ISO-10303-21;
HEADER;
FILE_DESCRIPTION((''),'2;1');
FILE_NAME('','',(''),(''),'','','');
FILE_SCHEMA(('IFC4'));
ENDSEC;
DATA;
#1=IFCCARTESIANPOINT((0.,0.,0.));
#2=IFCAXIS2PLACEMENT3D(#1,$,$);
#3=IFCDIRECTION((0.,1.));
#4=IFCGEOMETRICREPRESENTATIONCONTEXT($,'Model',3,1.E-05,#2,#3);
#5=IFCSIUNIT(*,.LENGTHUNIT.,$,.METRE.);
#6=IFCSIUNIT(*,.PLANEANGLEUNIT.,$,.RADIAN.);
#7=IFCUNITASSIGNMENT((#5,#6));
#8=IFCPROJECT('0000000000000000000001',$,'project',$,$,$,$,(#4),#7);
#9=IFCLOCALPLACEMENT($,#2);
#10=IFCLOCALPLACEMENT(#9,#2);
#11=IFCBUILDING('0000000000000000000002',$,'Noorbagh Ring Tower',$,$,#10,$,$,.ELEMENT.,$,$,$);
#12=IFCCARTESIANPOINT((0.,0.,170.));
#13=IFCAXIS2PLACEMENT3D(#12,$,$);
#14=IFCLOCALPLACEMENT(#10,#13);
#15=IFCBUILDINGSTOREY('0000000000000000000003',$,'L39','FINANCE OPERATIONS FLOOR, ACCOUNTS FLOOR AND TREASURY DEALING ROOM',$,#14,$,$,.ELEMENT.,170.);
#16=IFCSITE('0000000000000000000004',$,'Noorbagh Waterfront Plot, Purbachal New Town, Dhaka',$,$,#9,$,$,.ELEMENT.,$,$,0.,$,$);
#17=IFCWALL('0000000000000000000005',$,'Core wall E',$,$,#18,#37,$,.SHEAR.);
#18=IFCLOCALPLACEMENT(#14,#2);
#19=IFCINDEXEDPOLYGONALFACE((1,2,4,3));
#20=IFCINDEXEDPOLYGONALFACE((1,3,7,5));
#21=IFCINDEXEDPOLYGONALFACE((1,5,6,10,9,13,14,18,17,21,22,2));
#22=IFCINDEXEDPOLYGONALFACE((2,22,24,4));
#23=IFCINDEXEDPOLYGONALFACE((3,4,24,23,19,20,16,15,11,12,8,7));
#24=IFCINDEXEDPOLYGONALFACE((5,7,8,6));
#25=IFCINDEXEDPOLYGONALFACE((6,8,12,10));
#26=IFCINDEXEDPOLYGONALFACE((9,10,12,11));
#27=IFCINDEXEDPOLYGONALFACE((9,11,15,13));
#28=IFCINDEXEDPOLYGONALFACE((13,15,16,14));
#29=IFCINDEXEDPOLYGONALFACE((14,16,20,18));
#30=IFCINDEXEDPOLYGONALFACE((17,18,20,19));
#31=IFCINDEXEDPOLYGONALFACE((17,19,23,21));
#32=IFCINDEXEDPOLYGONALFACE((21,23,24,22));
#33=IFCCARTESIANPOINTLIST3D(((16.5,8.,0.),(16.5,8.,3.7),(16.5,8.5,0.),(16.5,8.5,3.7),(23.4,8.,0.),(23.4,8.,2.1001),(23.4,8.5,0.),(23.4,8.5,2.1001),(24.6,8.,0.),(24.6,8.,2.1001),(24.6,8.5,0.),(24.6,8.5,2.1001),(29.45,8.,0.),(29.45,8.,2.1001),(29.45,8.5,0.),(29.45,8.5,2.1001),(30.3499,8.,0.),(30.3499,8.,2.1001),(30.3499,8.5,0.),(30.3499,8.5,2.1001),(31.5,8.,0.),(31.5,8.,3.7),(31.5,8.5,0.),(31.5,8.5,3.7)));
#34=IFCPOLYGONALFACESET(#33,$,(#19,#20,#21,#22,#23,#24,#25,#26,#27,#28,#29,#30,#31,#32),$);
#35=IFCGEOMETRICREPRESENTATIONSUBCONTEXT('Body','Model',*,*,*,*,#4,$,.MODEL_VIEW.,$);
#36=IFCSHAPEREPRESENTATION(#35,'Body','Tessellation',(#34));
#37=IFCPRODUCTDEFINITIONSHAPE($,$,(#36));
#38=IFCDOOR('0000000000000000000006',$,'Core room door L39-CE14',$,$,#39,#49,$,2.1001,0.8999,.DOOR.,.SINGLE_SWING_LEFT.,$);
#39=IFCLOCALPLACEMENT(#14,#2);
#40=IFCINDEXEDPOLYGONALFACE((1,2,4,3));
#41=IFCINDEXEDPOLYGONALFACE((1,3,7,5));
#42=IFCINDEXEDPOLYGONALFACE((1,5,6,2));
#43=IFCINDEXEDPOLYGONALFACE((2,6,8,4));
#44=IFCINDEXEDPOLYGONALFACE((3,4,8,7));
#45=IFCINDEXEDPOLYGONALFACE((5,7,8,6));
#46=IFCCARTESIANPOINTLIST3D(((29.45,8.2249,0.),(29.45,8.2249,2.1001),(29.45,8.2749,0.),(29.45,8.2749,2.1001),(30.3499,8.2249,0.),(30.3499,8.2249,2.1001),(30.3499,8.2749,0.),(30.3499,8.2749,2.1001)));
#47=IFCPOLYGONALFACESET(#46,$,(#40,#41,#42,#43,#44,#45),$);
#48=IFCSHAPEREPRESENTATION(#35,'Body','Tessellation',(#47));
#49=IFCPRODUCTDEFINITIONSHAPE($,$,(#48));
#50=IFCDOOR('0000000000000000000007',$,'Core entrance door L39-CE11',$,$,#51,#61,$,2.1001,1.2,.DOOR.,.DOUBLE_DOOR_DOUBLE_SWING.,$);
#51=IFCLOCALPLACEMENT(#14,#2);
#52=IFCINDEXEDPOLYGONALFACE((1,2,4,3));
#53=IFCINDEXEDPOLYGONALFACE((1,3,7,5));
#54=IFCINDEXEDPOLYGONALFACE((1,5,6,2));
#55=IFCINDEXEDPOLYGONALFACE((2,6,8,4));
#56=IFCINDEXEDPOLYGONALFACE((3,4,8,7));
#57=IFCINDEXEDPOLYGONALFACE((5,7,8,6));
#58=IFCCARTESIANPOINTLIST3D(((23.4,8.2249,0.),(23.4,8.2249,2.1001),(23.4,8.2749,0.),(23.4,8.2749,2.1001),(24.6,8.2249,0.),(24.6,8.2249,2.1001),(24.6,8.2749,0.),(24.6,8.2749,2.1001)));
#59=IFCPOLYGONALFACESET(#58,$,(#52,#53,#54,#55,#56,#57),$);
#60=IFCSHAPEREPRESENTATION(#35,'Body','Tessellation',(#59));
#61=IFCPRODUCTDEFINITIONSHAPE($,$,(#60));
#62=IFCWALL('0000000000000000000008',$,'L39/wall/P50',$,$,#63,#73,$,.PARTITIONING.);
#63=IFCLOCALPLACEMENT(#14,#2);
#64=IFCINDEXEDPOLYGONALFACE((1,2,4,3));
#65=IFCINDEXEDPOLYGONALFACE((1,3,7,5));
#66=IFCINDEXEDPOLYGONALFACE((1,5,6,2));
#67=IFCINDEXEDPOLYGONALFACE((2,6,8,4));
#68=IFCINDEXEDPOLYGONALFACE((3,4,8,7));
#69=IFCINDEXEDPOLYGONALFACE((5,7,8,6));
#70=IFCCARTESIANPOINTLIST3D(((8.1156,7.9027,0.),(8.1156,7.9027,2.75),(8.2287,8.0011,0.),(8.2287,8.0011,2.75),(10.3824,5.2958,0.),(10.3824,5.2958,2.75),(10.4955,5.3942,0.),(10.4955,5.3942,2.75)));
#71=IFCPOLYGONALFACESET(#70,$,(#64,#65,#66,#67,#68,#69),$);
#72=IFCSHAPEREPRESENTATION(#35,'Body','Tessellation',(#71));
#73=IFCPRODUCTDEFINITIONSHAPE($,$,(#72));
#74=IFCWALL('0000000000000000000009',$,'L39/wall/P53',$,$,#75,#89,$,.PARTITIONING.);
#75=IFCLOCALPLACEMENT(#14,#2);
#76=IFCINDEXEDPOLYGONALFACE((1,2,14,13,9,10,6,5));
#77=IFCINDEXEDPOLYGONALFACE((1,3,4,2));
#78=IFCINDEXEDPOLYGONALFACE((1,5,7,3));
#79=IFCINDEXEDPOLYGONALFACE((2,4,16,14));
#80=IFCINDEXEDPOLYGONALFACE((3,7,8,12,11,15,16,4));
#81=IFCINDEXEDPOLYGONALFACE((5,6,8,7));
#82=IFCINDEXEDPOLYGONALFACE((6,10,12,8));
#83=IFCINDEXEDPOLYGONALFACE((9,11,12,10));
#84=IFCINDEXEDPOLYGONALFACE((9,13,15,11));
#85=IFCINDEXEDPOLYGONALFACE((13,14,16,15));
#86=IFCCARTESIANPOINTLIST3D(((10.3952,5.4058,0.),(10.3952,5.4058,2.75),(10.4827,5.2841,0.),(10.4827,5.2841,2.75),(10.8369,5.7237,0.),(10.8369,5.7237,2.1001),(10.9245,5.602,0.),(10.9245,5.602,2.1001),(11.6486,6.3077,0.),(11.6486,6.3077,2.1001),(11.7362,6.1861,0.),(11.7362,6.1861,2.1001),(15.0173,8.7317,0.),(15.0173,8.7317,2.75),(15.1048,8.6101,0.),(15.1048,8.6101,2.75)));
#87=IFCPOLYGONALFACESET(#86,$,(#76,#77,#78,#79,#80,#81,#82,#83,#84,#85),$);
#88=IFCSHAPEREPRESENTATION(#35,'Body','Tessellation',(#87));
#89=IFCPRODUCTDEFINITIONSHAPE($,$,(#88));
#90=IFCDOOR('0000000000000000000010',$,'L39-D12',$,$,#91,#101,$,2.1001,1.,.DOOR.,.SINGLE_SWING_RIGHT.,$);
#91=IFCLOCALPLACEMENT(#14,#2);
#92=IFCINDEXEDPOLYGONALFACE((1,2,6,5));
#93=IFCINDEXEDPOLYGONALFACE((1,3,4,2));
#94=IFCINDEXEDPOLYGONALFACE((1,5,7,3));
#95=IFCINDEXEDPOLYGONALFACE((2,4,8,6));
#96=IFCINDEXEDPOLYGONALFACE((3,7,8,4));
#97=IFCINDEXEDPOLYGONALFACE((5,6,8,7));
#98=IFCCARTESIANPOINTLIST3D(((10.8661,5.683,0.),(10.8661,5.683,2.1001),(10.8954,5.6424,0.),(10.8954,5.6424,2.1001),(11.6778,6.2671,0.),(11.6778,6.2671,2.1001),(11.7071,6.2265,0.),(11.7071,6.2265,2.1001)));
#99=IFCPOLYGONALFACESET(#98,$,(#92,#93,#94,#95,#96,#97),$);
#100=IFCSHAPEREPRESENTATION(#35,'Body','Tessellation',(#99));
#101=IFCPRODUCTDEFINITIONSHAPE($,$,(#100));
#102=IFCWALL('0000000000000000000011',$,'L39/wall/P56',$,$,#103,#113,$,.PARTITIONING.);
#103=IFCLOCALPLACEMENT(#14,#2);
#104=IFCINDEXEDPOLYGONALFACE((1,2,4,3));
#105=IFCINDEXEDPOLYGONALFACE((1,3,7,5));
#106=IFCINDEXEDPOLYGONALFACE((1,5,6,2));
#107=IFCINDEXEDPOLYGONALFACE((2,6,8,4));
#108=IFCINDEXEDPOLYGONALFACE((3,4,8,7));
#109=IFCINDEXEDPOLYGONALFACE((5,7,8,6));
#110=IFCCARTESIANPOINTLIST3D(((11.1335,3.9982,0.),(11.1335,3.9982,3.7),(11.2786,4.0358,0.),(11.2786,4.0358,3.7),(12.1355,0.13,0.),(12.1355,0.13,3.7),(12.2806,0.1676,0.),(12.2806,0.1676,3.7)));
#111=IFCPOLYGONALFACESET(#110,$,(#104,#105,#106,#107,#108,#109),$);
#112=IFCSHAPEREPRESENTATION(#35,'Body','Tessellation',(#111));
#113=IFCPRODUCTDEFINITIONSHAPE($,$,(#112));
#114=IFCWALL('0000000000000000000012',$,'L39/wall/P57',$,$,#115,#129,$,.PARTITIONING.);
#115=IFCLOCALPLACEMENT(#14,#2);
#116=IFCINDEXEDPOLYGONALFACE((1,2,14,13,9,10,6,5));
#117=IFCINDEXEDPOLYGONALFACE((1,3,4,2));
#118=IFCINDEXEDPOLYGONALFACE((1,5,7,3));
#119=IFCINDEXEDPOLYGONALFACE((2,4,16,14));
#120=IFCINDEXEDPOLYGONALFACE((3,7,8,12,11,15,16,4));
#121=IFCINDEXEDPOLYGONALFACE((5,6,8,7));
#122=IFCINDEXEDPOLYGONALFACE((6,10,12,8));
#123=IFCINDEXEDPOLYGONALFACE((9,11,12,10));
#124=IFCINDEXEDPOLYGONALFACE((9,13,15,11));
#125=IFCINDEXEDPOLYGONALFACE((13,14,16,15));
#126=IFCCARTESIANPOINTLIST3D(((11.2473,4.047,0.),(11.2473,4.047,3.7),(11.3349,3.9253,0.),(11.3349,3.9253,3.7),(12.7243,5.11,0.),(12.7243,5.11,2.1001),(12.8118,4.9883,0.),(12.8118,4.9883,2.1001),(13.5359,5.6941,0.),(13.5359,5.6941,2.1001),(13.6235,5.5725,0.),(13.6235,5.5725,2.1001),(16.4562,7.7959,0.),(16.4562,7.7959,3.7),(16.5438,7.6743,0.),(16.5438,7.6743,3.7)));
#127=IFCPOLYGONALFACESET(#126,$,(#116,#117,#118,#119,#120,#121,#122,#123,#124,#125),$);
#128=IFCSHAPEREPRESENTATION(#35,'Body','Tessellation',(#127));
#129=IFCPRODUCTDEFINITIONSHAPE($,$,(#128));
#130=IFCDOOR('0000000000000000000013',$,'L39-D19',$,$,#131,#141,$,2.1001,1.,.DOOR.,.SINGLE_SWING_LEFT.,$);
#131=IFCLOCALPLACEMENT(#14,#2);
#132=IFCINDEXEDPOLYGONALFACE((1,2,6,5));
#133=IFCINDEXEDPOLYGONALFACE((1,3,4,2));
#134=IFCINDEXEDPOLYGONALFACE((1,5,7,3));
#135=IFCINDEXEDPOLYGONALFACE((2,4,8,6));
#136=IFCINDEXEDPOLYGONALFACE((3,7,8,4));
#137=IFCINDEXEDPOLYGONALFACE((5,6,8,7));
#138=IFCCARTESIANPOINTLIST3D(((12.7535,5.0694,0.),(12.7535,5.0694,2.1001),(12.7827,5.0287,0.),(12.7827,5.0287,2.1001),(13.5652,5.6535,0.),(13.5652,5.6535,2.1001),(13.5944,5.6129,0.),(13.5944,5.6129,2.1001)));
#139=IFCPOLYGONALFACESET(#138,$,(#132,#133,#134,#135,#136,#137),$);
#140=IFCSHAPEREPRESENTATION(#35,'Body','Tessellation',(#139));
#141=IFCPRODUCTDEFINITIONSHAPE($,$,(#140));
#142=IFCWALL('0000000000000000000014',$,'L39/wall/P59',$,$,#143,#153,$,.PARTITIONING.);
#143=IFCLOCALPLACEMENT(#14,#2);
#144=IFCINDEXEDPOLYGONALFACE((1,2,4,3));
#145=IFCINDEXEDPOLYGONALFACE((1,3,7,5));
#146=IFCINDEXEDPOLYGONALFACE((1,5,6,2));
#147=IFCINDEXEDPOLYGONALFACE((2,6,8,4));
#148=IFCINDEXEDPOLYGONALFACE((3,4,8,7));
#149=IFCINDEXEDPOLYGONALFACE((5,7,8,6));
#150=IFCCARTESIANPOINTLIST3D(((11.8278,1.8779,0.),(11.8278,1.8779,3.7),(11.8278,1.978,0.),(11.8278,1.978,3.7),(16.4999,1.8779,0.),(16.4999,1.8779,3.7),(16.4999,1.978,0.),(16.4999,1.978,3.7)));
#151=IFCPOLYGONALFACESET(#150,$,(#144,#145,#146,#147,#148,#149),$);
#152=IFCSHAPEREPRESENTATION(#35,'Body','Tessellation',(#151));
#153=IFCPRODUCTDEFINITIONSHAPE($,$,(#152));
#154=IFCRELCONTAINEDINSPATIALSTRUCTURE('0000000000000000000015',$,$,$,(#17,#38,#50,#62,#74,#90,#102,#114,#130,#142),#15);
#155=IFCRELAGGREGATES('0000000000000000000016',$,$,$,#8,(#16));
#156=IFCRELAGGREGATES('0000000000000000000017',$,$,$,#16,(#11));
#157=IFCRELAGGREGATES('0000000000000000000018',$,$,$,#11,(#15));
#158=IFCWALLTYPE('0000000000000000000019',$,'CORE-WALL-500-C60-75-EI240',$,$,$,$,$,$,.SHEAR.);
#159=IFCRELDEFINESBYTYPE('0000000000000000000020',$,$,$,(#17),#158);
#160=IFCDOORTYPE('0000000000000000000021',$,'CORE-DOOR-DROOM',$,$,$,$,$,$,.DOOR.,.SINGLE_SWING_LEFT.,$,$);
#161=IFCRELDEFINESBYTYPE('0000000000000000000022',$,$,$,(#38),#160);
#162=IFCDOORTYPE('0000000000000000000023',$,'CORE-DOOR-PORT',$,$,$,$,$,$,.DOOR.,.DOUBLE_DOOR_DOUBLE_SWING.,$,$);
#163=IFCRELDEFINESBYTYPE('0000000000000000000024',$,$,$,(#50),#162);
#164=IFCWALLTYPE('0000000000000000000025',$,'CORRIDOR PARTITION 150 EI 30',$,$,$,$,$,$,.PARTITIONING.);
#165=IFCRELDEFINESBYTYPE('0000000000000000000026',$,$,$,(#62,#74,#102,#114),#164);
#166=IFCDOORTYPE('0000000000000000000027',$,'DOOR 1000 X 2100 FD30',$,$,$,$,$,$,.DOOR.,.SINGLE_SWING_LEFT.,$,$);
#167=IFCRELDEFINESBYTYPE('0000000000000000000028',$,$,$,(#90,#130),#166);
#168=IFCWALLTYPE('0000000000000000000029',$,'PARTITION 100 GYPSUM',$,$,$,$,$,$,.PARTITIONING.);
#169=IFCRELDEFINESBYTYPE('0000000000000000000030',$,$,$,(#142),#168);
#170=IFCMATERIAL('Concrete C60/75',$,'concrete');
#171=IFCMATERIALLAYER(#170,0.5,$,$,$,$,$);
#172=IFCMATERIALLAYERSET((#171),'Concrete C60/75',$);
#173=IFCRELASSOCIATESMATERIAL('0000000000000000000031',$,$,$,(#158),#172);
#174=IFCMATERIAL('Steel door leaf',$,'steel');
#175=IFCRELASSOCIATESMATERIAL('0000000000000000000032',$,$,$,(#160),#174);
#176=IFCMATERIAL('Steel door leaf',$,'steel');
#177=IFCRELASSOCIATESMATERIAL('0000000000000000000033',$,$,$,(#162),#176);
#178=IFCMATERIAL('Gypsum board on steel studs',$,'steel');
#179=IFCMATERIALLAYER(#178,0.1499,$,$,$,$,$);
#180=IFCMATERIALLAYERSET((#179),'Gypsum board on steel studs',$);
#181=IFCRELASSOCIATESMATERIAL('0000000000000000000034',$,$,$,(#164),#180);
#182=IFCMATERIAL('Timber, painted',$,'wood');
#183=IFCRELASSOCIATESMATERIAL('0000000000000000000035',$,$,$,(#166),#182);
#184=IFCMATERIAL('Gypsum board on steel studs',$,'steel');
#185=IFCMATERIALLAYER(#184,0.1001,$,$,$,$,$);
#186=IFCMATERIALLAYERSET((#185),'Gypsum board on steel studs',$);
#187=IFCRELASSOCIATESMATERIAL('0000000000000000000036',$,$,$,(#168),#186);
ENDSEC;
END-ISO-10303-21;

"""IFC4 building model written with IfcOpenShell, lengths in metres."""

from ifc_helpers import new_model, si_unit, direction, frame, frame_2d, origin, place, context, subcontext, project, spatial, rectangle, extrude, material, layer, layer_set, type_object, element, fill, save


model = new_model("IFC4")

# Units and contexts
model_context = context("Model", 3, precision=1e-05, world=origin(), true_north=direction((0.0, 1.0)))
body_context = subcontext(model_context, "Body", "Model", "MODEL_VIEW")
ifc_project = project(units=[si_unit("LENGTHUNIT", "METRE"), si_unit("PLANEANGLEUNIT", "RADIAN")], contexts=[model_context])

# Site, building, storey
site_placement = place(None, origin())
site = spatial("IfcSite", under=ifc_project, at=site_placement, Name="Noorbagh Waterfront Plot, Purbachal New Town, Dhaka", CompositionType="ELEMENT", RefElevation=0.0)
building_placement = place(site_placement, origin())
building = spatial("IfcBuilding", under=site, at=building_placement, Name="Noorbagh Ring Tower", CompositionType="ELEMENT")
storey_placement = place(building_placement, frame((0.0, 0.0, 170.0)))
storey = spatial("IfcBuildingStorey", under=building, at=storey_placement, Name="L39", Description="FINANCE OPERATIONS FLOOR, ACCOUNTS FLOOR AND TREASURY DEALING ROOM", CompositionType="ELEMENT", Elevation=170.0)

# Wall, openings, doors
ifc_material_1 = material(Name="Concrete C60/75", Category="concrete")
ifc_layer_1 = layer(ifc_material_1, 0.5)
ifc_layer_set_1 = layer_set([ifc_layer_1], Name="Concrete C60/75")
wall_type_1 = type_object("IfcWallType", Name="CORE-WALL-500-C60-75-EI240", PredefinedType="SHEAR", material=ifc_layer_set_1)
wall_1_placement = place(storey_placement, frame((16.5, 8.25, 0.0), z_axis=(0.0, 0.0, 1.0), x_axis=(1.0, 0.0, 0.0)))
wall_1 = element("IfcWall", 1, at=wall_1_placement, inside=storey, type_object=wall_type_1, Name="Core wall E", PredefinedType="SHEAR", context=body_context, shape_type="SweptSolid", body=[
    extrude(rectangle(XDim=15.0, YDim=0.5, at=frame_2d((7.5, 0.0))), origin(), (0.0, 0.0, 1.0), 3.7),
])
opening_1_placement = place(wall_1_placement, frame((6.8999, 0.0, 0.0)))
opening_1 = element("IfcOpeningElement", 2, at=opening_1_placement, cuts=wall_1, PredefinedType="OPENING", context=body_context, shape_type="SweptSolid", body=[
    extrude(rectangle(XDim=1.2, YDim=2.1001, at=frame_2d((0.6001, 1.05))), frame((0.0, 0.26, 0.0), z_axis=(0.0, -1.0, 0.0), x_axis=(1.0, 0.0, 0.0)), (0.0, 0.0, 1.0), 0.52),
])
opening_2_placement = place(wall_1_placement, frame((12.95, 0.0, 0.0)))
opening_2 = element("IfcOpeningElement", 3, at=opening_2_placement, cuts=wall_1, PredefinedType="OPENING", context=body_context, shape_type="SweptSolid", body=[
    extrude(rectangle(XDim=0.8999, YDim=2.1001, at=frame_2d((0.45, 1.05))), frame((0.0, 0.26, 0.0), z_axis=(0.0, -1.0, 0.0), x_axis=(1.0, 0.0, 0.0)), (0.0, 0.0, 1.0), 0.52),
])
ifc_material_2 = material(Name="Steel door leaf", Category="steel")
door_type_1 = type_object("IfcDoorType", Name="CORE-DOOR-DROOM", OperationType="SINGLE_SWING_LEFT", PredefinedType="DOOR", material=ifc_material_2)
door_1_placement = place(opening_2_placement, origin())
door_1 = element("IfcDoor", 4, at=door_1_placement, inside=storey, type_object=door_type_1, Name="Core room door L39-CE14", OperationType="SINGLE_SWING_LEFT", OverallHeight=2.1001, OverallWidth=0.8999, PredefinedType="DOOR", context=body_context, shape_type="SweptSolid", body=[
    extrude(rectangle(XDim=0.8999, YDim=2.1001, at=frame_2d((0.45, 1.05))), frame((0.0, 0.0249, 0.0), z_axis=(0.0, -1.0, 0.0), x_axis=(1.0, 0.0, 0.0)), (0.0, 0.0, 1.0), 0.05),
])
fill(opening_2, door_1)
ifc_material_3 = material(Name="Steel door leaf", Category="steel")
door_type_2 = type_object("IfcDoorType", Name="CORE-DOOR-PORT", OperationType="DOUBLE_DOOR_DOUBLE_SWING", PredefinedType="DOOR", material=ifc_material_3)
door_2_placement = place(opening_1_placement, origin())
door_2 = element("IfcDoor", 5, at=door_2_placement, inside=storey, type_object=door_type_2, Name="Core entrance door L39-CE11", OperationType="DOUBLE_DOOR_DOUBLE_SWING", OverallHeight=2.1001, OverallWidth=1.2, PredefinedType="DOOR", context=body_context, shape_type="SweptSolid", body=[
    extrude(rectangle(XDim=1.2, YDim=2.1001, at=frame_2d((0.6001, 1.05))), frame((0.0, 0.0249, 0.0), z_axis=(0.0, -1.0, 0.0), x_axis=(1.0, 0.0, 0.0)), (0.0, 0.0, 1.0), 0.05),
])
fill(opening_1, door_2)

# Wall
ifc_material_4 = material(Name="Gypsum board on steel studs", Category="steel")
ifc_layer_2 = layer(ifc_material_4, 0.1499)
ifc_layer_set_2 = layer_set([ifc_layer_2], Name="Gypsum board on steel studs")
wall_type_2 = type_object("IfcWallType", Name="CORRIDOR PARTITION 150 EI 30", PredefinedType="PARTITIONING", material=ifc_layer_set_2)
wall_2_placement = place(storey_placement, frame((8.1721, 7.9519, 0.0), z_axis=(0.0, 0.0, 1.0), x_axis=(0.65617, -0.754613, 0.0)))
element("IfcWall", 6, at=wall_2_placement, inside=storey, type_object=wall_type_2, Name="L39/wall/P50", PredefinedType="PARTITIONING", context=body_context, shape_type="SweptSolid", body=[
    extrude(rectangle(XDim=3.4546, YDim=0.1499, at=frame_2d((1.7273, 0.0))), origin(), (0.0, 0.0, 1.0), 2.75),
])

# Wall, opening, door
wall_3_placement = place(storey_placement, frame((10.439, 5.345, 0.0), z_axis=(0.0, 0.0, 1.0), x_axis=(0.811698, 0.584078, 0.0)))
wall_3 = element("IfcWall", 7, at=wall_3_placement, inside=storey, type_object=wall_type_2, Name="L39/wall/P53", PredefinedType="PARTITIONING", context=body_context, shape_type="SweptSolid", body=[
    extrude(rectangle(XDim=5.6943, YDim=0.1499, at=frame_2d((2.8472, 0.0))), origin(), (0.0, 0.0, 1.0), 2.75),
])
opening_3_placement = place(wall_3_placement, frame((0.5442, 0.0, 0.0)))
opening_3 = element("IfcOpeningElement", 8, at=opening_3_placement, cuts=wall_3, PredefinedType="OPENING", context=body_context, shape_type="SweptSolid", body=[
    extrude(rectangle(XDim=1.0, YDim=2.1001, at=frame_2d((0.5, 1.05))), frame((0.0, 0.085, 0.0), z_axis=(0.0, -1.0, 0.0), x_axis=(1.0, 0.0, 0.0)), (0.0, 0.0, 1.0), 0.1699),
])
ifc_material_5 = material(Name="Timber, painted", Category="wood")
door_type_3 = type_object("IfcDoorType", Name="DOOR 1000 X 2100 FD30", OperationType="SINGLE_SWING_LEFT", PredefinedType="DOOR", material=ifc_material_5)
door_3_placement = place(opening_3_placement, origin())
door_3 = element("IfcDoor", 9, at=door_3_placement, inside=storey, type_object=door_type_3, Name="L39-D12", OperationType="SINGLE_SWING_RIGHT", OverallHeight=2.1001, OverallWidth=1.0, PredefinedType="DOOR", context=body_context, shape_type="SweptSolid", body=[
    extrude(rectangle(XDim=1.0, YDim=2.1001, at=frame_2d((0.5, 1.05))), frame((0.0, 0.0249, 0.0), z_axis=(0.0, -1.0, 0.0), x_axis=(1.0, 0.0, 0.0)), (0.0, 0.0, 1.0), 0.05),
])
fill(opening_3, door_3)

# Wall
wall_4_placement = place(storey_placement, frame((11.2061, 4.0171, 0.0), z_axis=(0.0, 0.0, 1.0), x_axis=(0.25075, -0.968052, 0.0)))
element("IfcWall", 10, at=wall_4_placement, inside=storey, type_object=wall_type_2, Name="L39/wall/P56", PredefinedType="PARTITIONING", context=body_context, shape_type="SweptSolid", body=[
    extrude(rectangle(XDim=3.9958, YDim=0.1499, at=frame_2d((1.998, 0.0))), origin(), (0.0, 0.0, 1.0), 3.7),
])

# Wall, opening, door
wall_5_placement = place(storey_placement, frame((11.291, 3.9861, 0.0), z_axis=(0.0, 0.0, 1.0), x_axis=(0.811641, 0.584156, 0.0)))
wall_5 = element("IfcWall", 11, at=wall_5_placement, inside=storey, type_object=wall_type_2, Name="L39/wall/P57", PredefinedType="PARTITIONING", context=body_context, shape_type="SweptSolid", body=[
    extrude(rectangle(XDim=6.4177, YDim=0.1499, at=frame_2d((3.209, 0.0))), origin(), (0.0, 0.0, 1.0), 3.7),
])
opening_4_placement = place(wall_5_placement, frame((1.8198, 0.0, 0.0)))
opening_4 = element("IfcOpeningElement", 12, at=opening_4_placement, cuts=wall_5, PredefinedType="OPENING", context=body_context, shape_type="SweptSolid", body=[
    extrude(rectangle(XDim=1.0, YDim=2.1001, at=frame_2d((0.5, 1.05))), frame((0.0, 0.085, 0.0), z_axis=(0.0, -1.0, 0.0), x_axis=(1.0, 0.0, 0.0)), (0.0, 0.0, 1.0), 0.1699),
])
door_4_placement = place(opening_4_placement, origin())
door_4 = element("IfcDoor", 13, at=door_4_placement, inside=storey, type_object=door_type_3, Name="L39-D19", OperationType="SINGLE_SWING_LEFT", OverallHeight=2.1001, OverallWidth=1.0, PredefinedType="DOOR", context=body_context, shape_type="SweptSolid", body=[
    extrude(rectangle(XDim=1.0, YDim=2.1001, at=frame_2d((0.5, 1.05))), frame((0.0, 0.0249, 0.0), z_axis=(0.0, -1.0, 0.0), x_axis=(1.0, 0.0, 0.0)), (0.0, 0.0, 1.0), 0.05),
])
fill(opening_4, door_4)

# Wall
ifc_material_6 = material(Name="Gypsum board on steel studs", Category="steel")
ifc_layer_3 = layer(ifc_material_6, 0.1001)
ifc_layer_set_3 = layer_set([ifc_layer_3], Name="Gypsum board on steel studs")
wall_type_3 = type_object("IfcWallType", Name="PARTITION 100 GYPSUM", PredefinedType="PARTITIONING", material=ifc_layer_set_3)
wall_6_placement = place(storey_placement, frame((11.8279, 1.928, 0.0), z_axis=(0.0, 0.0, 1.0), x_axis=(1.0, 0.0, 0.0)))
element("IfcWall", 14, at=wall_6_placement, inside=storey, type_object=wall_type_3, Name="L39/wall/P59", PredefinedType="PARTITIONING", context=body_context, shape_type="SweptSolid", body=[
    extrude(rectangle(XDim=4.6721, YDim=0.1001, at=frame_2d((2.3359, 0.0))), origin(), (0.0, 0.0, 1.0), 3.7),
])

save(model, "model.ifc")
